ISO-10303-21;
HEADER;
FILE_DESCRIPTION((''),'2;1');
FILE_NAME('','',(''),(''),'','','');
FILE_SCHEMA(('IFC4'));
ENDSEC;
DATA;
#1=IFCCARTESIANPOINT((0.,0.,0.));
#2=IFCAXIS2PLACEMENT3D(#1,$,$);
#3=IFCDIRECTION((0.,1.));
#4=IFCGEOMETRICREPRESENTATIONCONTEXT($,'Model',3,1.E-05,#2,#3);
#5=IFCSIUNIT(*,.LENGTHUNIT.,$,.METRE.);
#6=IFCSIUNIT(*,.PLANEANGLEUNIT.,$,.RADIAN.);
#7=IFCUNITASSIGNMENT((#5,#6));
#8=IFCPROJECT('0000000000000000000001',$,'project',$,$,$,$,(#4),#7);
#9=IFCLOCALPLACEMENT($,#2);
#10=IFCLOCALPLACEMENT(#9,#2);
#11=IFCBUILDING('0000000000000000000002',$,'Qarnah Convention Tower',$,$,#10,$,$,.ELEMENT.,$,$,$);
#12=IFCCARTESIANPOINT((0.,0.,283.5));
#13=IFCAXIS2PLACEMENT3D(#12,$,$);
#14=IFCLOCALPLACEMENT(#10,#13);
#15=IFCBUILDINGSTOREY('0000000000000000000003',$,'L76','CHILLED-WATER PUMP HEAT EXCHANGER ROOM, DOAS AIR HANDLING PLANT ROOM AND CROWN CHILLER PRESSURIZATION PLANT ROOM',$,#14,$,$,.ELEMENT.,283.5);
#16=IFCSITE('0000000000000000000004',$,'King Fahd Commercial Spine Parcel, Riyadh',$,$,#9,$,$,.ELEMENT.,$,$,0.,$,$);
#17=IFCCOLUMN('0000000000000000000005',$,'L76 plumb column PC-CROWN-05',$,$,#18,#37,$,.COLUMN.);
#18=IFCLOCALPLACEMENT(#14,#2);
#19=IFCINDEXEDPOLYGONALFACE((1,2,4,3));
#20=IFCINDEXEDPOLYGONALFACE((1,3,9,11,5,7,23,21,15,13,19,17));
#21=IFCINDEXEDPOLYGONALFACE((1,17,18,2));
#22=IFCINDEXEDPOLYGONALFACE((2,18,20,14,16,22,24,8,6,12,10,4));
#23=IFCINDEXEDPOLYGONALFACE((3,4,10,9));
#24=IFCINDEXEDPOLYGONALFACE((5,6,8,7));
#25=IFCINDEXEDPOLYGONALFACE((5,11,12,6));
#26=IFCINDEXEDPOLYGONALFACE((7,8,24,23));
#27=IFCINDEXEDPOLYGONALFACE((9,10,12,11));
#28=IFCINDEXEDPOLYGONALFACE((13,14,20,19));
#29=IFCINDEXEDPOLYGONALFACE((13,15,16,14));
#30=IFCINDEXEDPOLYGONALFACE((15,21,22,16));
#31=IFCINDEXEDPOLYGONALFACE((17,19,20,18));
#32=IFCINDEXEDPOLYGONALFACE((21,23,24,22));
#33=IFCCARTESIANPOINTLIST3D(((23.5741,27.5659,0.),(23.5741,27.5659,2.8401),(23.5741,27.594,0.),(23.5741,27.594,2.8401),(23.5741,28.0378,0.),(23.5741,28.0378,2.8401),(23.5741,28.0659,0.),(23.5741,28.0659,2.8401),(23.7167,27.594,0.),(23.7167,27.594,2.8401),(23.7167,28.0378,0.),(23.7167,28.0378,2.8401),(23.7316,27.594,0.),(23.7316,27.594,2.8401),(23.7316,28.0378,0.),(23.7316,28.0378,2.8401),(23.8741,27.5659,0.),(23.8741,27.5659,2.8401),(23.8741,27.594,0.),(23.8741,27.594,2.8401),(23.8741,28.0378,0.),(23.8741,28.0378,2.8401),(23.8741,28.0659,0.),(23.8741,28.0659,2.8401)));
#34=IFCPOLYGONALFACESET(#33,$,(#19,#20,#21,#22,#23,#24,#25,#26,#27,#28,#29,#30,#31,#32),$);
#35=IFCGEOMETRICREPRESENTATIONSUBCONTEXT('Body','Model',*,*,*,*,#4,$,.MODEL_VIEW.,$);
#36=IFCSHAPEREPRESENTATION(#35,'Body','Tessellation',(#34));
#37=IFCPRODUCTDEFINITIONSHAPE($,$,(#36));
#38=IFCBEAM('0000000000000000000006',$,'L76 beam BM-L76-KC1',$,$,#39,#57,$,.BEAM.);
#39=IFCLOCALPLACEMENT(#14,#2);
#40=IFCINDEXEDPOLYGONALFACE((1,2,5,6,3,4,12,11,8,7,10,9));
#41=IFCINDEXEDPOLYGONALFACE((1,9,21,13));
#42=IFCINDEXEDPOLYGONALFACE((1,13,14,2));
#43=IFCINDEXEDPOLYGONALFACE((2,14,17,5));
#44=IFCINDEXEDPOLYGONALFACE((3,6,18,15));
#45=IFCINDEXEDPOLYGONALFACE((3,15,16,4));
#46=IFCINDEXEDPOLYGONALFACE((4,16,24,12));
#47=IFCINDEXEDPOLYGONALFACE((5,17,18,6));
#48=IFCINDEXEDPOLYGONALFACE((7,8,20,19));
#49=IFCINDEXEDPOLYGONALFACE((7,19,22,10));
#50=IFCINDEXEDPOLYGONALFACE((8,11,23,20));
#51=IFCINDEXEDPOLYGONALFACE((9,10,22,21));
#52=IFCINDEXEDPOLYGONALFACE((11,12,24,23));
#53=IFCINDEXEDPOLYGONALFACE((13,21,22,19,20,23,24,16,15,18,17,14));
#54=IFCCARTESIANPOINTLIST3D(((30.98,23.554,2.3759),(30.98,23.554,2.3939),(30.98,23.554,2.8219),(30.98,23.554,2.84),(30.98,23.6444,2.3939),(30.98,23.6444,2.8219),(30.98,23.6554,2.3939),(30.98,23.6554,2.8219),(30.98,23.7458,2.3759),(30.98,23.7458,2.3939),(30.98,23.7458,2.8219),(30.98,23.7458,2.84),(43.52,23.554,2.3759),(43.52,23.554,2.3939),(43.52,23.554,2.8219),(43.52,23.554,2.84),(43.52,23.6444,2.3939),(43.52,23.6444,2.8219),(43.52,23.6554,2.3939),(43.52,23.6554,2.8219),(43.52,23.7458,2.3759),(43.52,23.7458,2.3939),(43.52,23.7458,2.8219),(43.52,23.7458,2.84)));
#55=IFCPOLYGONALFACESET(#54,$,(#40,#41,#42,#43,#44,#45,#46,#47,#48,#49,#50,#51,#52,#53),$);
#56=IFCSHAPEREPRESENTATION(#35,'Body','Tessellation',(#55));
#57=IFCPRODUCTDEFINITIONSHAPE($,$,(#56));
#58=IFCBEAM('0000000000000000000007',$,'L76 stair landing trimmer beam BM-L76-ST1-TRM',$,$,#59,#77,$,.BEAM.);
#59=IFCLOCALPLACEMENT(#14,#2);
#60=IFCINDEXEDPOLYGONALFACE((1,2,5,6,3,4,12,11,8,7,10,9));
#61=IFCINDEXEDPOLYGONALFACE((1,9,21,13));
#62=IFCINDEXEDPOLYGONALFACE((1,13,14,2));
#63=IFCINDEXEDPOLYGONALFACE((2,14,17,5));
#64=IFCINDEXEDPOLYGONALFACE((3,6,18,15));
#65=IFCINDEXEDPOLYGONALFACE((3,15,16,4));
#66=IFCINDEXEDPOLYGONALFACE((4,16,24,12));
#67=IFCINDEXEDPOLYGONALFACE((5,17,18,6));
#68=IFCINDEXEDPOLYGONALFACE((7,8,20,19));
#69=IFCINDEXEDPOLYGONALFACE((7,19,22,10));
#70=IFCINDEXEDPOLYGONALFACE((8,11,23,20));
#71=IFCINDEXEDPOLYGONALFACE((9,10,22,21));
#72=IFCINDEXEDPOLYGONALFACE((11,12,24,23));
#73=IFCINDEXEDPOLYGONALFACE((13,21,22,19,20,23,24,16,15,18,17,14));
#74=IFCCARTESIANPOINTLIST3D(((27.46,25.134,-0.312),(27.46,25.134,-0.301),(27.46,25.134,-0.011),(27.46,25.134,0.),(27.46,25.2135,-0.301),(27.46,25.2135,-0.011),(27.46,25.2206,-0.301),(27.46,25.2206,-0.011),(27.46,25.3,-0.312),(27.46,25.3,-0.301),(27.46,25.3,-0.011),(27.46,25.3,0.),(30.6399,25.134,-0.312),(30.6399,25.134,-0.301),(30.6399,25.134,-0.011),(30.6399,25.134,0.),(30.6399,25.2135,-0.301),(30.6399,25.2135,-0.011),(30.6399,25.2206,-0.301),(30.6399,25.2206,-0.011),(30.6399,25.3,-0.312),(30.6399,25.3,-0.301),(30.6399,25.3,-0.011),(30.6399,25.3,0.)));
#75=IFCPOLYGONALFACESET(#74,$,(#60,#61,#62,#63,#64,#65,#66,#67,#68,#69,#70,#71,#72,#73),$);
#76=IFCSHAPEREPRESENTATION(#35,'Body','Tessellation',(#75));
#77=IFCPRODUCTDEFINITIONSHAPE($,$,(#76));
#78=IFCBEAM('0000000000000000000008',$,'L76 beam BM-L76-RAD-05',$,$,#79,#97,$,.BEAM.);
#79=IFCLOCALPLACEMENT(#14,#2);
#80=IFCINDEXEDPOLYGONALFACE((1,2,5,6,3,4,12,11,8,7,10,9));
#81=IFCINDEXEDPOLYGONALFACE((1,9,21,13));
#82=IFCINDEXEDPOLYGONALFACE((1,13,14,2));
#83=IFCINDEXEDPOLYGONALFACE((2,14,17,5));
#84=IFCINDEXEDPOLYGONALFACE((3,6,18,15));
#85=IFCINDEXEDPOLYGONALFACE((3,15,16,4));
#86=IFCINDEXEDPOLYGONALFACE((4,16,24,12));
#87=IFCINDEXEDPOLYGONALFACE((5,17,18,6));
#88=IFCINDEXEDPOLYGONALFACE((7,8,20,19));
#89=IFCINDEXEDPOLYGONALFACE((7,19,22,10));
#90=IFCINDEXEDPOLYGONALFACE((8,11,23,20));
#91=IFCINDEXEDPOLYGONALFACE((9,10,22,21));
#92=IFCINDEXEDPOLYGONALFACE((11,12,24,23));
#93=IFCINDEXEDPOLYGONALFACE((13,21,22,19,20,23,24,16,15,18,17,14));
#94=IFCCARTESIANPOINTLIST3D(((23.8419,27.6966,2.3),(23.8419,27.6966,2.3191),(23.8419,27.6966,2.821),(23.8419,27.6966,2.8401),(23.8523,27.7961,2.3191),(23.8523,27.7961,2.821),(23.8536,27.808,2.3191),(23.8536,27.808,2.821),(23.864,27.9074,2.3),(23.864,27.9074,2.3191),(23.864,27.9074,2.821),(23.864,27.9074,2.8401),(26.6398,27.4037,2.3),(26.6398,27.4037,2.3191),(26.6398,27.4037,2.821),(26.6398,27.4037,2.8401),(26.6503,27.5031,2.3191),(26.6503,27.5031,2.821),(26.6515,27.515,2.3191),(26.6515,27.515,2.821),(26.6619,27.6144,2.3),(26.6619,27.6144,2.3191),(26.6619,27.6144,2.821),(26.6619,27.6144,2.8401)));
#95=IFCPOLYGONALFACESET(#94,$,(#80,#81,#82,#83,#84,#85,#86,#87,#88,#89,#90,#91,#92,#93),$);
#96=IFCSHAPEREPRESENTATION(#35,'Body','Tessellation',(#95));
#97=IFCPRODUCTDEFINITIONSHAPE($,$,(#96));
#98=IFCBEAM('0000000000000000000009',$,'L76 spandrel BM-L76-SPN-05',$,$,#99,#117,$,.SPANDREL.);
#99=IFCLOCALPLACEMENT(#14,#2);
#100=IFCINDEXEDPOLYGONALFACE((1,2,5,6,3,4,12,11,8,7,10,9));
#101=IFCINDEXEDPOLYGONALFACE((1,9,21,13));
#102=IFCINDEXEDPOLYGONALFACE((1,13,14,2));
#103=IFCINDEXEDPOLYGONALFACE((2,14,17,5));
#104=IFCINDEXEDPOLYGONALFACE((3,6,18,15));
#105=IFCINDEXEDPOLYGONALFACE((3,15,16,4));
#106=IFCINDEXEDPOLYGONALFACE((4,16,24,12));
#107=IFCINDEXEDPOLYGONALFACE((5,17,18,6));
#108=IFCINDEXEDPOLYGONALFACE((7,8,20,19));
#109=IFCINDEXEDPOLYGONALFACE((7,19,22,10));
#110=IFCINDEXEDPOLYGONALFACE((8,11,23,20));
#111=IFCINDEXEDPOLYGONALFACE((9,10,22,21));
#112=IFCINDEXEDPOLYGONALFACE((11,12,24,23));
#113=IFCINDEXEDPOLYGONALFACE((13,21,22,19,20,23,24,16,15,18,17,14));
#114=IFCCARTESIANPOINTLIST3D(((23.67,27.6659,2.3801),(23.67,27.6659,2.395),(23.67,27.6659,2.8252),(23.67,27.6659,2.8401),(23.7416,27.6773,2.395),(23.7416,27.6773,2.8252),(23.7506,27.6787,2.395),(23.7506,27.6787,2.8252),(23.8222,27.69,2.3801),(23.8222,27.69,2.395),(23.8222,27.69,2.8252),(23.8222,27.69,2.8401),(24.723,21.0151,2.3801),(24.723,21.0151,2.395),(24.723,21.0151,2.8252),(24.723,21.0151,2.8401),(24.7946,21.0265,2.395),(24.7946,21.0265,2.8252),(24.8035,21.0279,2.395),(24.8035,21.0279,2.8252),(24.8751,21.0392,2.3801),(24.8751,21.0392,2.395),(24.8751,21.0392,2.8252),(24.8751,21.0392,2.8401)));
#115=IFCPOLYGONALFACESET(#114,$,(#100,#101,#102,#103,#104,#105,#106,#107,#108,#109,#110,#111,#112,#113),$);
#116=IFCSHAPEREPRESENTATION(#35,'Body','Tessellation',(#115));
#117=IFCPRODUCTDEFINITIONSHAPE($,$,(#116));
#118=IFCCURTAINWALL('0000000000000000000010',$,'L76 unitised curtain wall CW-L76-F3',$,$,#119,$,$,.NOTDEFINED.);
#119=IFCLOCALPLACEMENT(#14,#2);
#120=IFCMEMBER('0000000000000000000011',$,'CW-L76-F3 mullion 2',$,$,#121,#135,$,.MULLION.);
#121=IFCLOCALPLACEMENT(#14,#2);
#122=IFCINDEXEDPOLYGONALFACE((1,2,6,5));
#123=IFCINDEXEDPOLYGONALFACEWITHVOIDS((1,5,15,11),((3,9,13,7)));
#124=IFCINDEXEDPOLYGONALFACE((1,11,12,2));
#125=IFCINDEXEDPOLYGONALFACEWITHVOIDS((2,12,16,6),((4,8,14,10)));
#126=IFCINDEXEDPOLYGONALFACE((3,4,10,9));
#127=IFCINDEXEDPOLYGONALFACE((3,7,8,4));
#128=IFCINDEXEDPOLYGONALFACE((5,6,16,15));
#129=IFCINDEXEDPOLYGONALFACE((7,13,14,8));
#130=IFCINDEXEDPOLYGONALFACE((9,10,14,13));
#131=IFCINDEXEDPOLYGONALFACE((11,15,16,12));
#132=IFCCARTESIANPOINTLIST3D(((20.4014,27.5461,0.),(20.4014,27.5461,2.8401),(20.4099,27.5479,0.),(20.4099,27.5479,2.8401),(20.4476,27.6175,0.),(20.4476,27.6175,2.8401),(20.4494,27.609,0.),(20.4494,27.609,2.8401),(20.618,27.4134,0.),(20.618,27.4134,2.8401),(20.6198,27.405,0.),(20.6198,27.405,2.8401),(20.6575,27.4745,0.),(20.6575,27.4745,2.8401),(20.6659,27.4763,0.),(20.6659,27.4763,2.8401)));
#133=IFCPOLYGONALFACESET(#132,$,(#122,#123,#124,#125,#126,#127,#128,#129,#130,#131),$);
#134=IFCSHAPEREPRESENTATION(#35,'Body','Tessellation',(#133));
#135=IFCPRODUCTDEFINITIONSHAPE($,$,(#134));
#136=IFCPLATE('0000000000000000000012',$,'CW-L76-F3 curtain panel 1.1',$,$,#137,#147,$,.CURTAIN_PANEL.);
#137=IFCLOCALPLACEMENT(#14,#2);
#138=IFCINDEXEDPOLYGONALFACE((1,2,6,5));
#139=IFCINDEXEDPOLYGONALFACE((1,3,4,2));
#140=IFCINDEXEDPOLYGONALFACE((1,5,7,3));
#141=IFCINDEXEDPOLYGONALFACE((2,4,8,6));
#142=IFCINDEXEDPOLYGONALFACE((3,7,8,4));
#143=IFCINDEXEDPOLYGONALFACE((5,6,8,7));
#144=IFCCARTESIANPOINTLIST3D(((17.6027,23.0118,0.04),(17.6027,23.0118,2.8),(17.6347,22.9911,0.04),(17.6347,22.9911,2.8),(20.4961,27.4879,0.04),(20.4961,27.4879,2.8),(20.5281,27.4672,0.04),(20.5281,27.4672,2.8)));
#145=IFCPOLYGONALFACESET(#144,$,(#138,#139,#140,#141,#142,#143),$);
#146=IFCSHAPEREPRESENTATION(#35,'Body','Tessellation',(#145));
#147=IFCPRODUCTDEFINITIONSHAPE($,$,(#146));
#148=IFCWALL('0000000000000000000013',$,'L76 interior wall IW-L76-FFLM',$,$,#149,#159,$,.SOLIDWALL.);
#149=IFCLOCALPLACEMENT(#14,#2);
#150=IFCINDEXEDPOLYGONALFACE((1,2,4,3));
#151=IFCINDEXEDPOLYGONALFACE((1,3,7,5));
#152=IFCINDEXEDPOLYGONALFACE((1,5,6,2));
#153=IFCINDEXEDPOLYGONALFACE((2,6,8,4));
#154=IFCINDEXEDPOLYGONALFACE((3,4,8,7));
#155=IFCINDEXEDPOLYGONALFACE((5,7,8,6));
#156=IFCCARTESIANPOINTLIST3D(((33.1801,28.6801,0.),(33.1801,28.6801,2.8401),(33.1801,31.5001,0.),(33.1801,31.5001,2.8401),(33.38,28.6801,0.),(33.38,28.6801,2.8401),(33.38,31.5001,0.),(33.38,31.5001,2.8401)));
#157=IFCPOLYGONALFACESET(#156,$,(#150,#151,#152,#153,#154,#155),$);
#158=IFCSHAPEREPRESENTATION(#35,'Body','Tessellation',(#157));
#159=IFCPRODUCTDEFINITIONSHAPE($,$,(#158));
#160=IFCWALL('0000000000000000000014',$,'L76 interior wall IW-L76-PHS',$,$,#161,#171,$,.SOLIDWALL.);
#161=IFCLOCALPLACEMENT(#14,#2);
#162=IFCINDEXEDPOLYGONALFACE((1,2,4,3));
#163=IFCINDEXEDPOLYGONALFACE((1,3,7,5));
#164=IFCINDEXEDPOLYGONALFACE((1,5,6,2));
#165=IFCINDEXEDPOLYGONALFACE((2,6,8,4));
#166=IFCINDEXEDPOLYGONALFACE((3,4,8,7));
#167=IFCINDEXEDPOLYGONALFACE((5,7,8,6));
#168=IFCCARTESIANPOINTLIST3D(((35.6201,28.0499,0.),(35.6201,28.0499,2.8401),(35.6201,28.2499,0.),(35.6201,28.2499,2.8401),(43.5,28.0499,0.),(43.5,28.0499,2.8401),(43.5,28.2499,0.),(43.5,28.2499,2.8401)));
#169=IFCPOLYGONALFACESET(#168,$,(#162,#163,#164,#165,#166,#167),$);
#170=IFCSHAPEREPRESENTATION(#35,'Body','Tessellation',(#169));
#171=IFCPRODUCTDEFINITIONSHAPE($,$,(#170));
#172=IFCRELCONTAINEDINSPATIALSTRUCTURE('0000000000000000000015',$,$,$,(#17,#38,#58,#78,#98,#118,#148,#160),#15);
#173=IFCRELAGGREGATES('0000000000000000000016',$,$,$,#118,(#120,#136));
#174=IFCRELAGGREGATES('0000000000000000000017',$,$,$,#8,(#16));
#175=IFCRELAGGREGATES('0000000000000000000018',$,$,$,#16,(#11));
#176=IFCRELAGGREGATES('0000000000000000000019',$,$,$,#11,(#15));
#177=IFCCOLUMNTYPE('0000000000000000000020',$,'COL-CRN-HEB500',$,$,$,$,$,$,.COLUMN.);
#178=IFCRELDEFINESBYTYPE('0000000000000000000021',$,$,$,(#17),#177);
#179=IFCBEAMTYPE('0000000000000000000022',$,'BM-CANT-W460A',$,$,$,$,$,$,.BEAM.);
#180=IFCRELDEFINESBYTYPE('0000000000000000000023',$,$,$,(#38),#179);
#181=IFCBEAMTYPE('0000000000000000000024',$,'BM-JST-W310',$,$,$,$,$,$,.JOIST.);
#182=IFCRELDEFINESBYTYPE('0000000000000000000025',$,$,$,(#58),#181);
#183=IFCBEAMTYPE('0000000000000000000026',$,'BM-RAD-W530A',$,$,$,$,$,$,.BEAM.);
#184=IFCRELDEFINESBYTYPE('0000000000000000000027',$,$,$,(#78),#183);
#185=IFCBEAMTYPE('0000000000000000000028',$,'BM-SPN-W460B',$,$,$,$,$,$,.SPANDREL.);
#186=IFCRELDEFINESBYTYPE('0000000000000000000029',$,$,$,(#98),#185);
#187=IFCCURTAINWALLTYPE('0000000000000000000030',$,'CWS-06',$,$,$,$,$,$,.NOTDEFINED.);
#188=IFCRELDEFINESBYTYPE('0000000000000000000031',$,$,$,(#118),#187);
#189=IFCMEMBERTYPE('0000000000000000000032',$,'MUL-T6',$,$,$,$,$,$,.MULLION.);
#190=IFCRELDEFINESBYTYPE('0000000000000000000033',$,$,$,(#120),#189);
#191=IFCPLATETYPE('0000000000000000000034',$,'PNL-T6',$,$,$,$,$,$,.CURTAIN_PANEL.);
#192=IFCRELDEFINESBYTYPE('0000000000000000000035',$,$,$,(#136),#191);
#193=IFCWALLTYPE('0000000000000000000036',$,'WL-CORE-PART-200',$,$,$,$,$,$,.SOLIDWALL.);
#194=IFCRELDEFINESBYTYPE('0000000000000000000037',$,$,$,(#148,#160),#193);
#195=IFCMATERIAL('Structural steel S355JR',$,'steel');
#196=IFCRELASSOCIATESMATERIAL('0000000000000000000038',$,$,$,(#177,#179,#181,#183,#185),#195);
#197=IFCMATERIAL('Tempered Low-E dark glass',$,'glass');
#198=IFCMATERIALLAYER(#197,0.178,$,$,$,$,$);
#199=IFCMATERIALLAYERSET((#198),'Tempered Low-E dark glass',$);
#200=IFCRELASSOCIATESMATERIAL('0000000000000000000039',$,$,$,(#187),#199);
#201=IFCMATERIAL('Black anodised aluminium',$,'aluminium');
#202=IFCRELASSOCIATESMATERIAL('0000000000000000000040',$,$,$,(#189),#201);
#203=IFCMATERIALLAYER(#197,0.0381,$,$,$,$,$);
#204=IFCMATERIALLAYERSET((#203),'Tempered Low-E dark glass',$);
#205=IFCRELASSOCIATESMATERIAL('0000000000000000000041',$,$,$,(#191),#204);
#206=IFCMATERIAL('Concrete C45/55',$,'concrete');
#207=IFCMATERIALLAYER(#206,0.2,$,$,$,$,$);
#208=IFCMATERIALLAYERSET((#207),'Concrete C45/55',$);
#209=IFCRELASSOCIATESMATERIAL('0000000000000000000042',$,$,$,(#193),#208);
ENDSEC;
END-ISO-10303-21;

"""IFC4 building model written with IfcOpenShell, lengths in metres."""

from ifc_helpers import new_model, si_unit, direction, frame, frame_2d, origin, origin_2d, place, context, subcontext, project, spatial, rectangle, hollow_rectangle, i_section, extrude, material, layer, layer_set, material_profile, profile_set, type_object, element, aggregate, save


model = new_model("IFC4")

# Units and contexts
model_context = context("Model", 3, precision=1e-05, world=origin(), true_north=direction((0.0, 1.0)))
body_context = subcontext(model_context, "Body", "Model", "MODEL_VIEW")
ifc_project = project(units=[si_unit("LENGTHUNIT", "METRE"), si_unit("PLANEANGLEUNIT", "RADIAN")], contexts=[model_context])

# Site, building, storey
site_placement = place(None, origin())
site = spatial("IfcSite", under=ifc_project, at=site_placement, Name="King Fahd Commercial Spine Parcel, Riyadh", CompositionType="ELEMENT", RefElevation=0.0)
building_placement = place(site_placement, origin())
building = spatial("IfcBuilding", under=site, at=building_placement, Name="Qarnah Convention Tower", CompositionType="ELEMENT")
storey_placement = place(building_placement, frame((0.0, 0.0, 283.5)))
storey = spatial("IfcBuildingStorey", under=building, at=storey_placement, Name="L76", Description="CHILLED-WATER PUMP HEAT EXCHANGER ROOM, DOAS AIR HANDLING PLANT ROOM AND CROWN CHILLER PRESSURIZATION PLANT ROOM", CompositionType="ELEMENT", Elevation=283.5)

# Column
ifc_material_1 = material(Name="Structural steel S355JR", Category="steel")
ifc_material_profile_1 = material_profile(ifc_material_1, i_section(OverallWidth=0.3, OverallDepth=0.5, WebThickness=0.0149, FlangeThickness=0.0281, at=origin_2d()), Name="HEB500")
ifc_profile_set_1 = profile_set([ifc_material_profile_1], Name="Structural steel S355JR")
column_type = type_object("IfcColumnType", Name="COL-CRN-HEB500", PredefinedType="COLUMN", material=ifc_profile_set_1)
column_placement = place(storey_placement, frame((23.7241, 27.8159, 0.0), z_axis=(0.0, 0.0, 1.0), x_axis=(1.0, 0.0, 0.0)))
element("IfcColumn", 1, at=column_placement, inside=storey, type_object=column_type, Name="L76 plumb column PC-CROWN-05", PredefinedType="COLUMN", context=body_context, shape_type="SweptSolid", body=[
    extrude(i_section(OverallWidth=0.3, OverallDepth=0.5, WebThickness=0.0149, FlangeThickness=0.0281, at=origin_2d()), origin(), (0.0, 0.0, 1.0), 2.8401),
])

# Beams
ifc_material_profile_2 = material_profile(ifc_material_1, i_section(OverallWidth=0.1919, OverallDepth=0.4641, WebThickness=0.011, FlangeThickness=0.0181, at=origin_2d()), Name="W460X89")
ifc_profile_set_2 = profile_set([ifc_material_profile_2], Name="Structural steel S355JR")
beam_type_1 = type_object("IfcBeamType", Name="BM-CANT-W460A", PredefinedType="BEAM", material=ifc_profile_set_2)
beam_1_placement = place(storey_placement, frame((30.98, 23.6499, 2.6079), z_axis=(1.0, 0.0, 0.0), x_axis=(0.0, 1.0, 0.0)))
element("IfcBeam", 2, at=beam_1_placement, inside=storey, type_object=beam_type_1, Name="L76 beam BM-L76-KC1", PredefinedType="BEAM", context=body_context, shape_type="SweptSolid", body=[
    extrude(i_section(OverallWidth=0.1919, OverallDepth=0.4641, WebThickness=0.011, FlangeThickness=0.0181, at=origin_2d()), origin(), (0.0, 0.0, 1.0), 12.54),
])
ifc_material_profile_3 = material_profile(ifc_material_1, i_section(OverallWidth=0.166, OverallDepth=0.312, WebThickness=0.0071, FlangeThickness=0.011, at=origin_2d()), Name="W310X45")
ifc_profile_set_3 = profile_set([ifc_material_profile_3], Name="Structural steel S355JR")
beam_type_2 = type_object("IfcBeamType", Name="BM-JST-W310", PredefinedType="JOIST", material=ifc_profile_set_3)
beam_2_placement = place(storey_placement, frame((27.46, 25.217, -0.156), z_axis=(1.0, 0.0, 0.0), x_axis=(0.0, 1.0, 0.0)))
element("IfcBeam", 3, at=beam_2_placement, inside=storey, type_object=beam_type_2, Name="L76 stair landing trimmer beam BM-L76-ST1-TRM", PredefinedType="BEAM", context=body_context, shape_type="SweptSolid", body=[
    extrude(i_section(OverallWidth=0.166, OverallDepth=0.312, WebThickness=0.0071, FlangeThickness=0.011, at=origin_2d()), origin(), (0.0, 0.0, 1.0), 3.1799),
])
ifc_material_profile_4 = material_profile(ifc_material_1, i_section(OverallWidth=0.2119, OverallDepth=0.54, WebThickness=0.012, FlangeThickness=0.019, at=origin_2d()), Name="W530X109")
ifc_profile_set_4 = profile_set([ifc_material_profile_4], Name="Structural steel S355JR")
beam_type_3 = type_object("IfcBeamType", Name="BM-RAD-W530A", PredefinedType="BEAM", material=ifc_profile_set_4)
beam_3_placement = place(storey_placement, frame((26.6509, 27.509, 2.5701), z_axis=(-0.994562, 0.104143, 0.0), x_axis=(-0.104143, -0.994562, 0.0)))
element("IfcBeam", 4, at=beam_3_placement, inside=storey, type_object=beam_type_3, Name="L76 beam BM-L76-RAD-05", PredefinedType="BEAM", context=body_context, shape_type="SweptSolid", body=[
    extrude(i_section(OverallWidth=0.2119, OverallDepth=0.54, WebThickness=0.012, FlangeThickness=0.019, at=origin_2d()), origin(), (0.0, 0.0, 1.0), 2.8132),
])
ifc_material_profile_5 = material_profile(ifc_material_1, i_section(OverallWidth=0.1541, OverallDepth=0.46, WebThickness=0.009, FlangeThickness=0.0149, at=origin_2d()), Name="W460X68")
ifc_profile_set_5 = profile_set([ifc_material_profile_5], Name="Structural steel S355JR")
beam_type_4 = type_object("IfcBeamType", Name="BM-SPN-W460B", PredefinedType="SPANDREL", material=ifc_profile_set_5)
beam_4_placement = place(storey_placement, frame((23.7461, 27.678, 2.6101), z_axis=(0.156374, -0.987698, 0.0), x_axis=(0.987698, 0.156374, 0.0)))
element("IfcBeam", 5, at=beam_4_placement, inside=storey, type_object=beam_type_4, Name="L76 spandrel BM-L76-SPN-05", PredefinedType="SPANDREL", context=body_context, shape_type="SweptSolid", body=[
    extrude(i_section(OverallWidth=0.1541, OverallDepth=0.46, WebThickness=0.009, FlangeThickness=0.0149, at=origin_2d()), origin(), (0.0, 0.0, 1.0), 6.7336),
])

# Curtain wall, member, plate
ifc_material_2 = material(Name="Tempered Low-E dark glass", Category="glass")
ifc_layer_1 = layer(ifc_material_2, 0.178)
ifc_layer_set_1 = layer_set([ifc_layer_1], Name="Tempered Low-E dark glass")
curtain_wall_type = type_object("IfcCurtainWallType", Name="CWS-06", PredefinedType="NOTDEFINED", material=ifc_layer_set_1)
curtain_wall_placement = place(storey_placement, origin())
curtain_wall = element("IfcCurtainWall", 6, at=curtain_wall_placement, inside=storey, type_object=curtain_wall_type, Name="L76 unitised curtain wall CW-L76-F3", PredefinedType="NOTDEFINED")
ifc_material_3 = material(Name="Black anodised aluminium", Category="aluminium")
ifc_material_profile_6 = material_profile(ifc_material_3, hollow_rectangle(XDim=0.085, YDim=0.26, WallThickness=0.0061, at=origin_2d()), Name="MUL-85X260")
ifc_profile_set_6 = profile_set([ifc_material_profile_6], Name="Black anodised aluminium")
member_type = type_object("IfcMemberType", Name="MUL-T6", PredefinedType="MULLION", material=ifc_profile_set_6)
member_placement = place(storey_placement, frame((20.5337, 27.5112, 0.0), z_axis=(0.0, 0.0, 1.0), x_axis=(0.542871, 0.839816, 0.0)))
member = element("IfcMember", 7, at=member_placement, type_object=member_type, Name="CW-L76-F3 mullion 2", PredefinedType="MULLION", context=body_context, shape_type="SweptSolid", body=[
    extrude(hollow_rectangle(XDim=0.085, YDim=0.26, WallThickness=0.0061, at=origin_2d()), origin(), (0.0, 0.0, 1.0), 2.8401),
])
ifc_layer_2 = layer(ifc_material_2, 0.0381)
ifc_layer_set_2 = layer_set([ifc_layer_2], Name="Tempered Low-E dark glass")
plate_type = type_object("IfcPlateType", Name="PNL-T6", PredefinedType="CURTAIN_PANEL", material=ifc_layer_set_2)
plate_placement = place(storey_placement, frame((19.0654, 25.2395, 0.04), z_axis=(0.0, 0.0, 1.0), x_axis=(0.542871, 0.839816, 0.0)))
plate = element("IfcPlate", 8, at=plate_placement, type_object=plate_type, Name="CW-L76-F3 curtain panel 1.1", PredefinedType="CURTAIN_PANEL", context=body_context, shape_type="SweptSolid", body=[
    extrude(rectangle(XDim=5.3298, YDim=0.0381, at=origin_2d()), origin(), (0.0, 0.0, 1.0), 2.76),
])
aggregate(curtain_wall, [member, plate])

# Shared definitions
ifc_material_4 = material(Name="Concrete C45/55", Category="concrete")
ifc_layer_3 = layer(ifc_material_4, 0.2)
ifc_layer_set_3 = layer_set([ifc_layer_3], Name="Concrete C45/55")
wall_type_1 = type_object("IfcWallType", Name="WL-CORE-PART-200", PredefinedType="SOLIDWALL", material=ifc_layer_set_3)

# Wall
wall_1_placement = place(storey_placement, frame((33.28, 28.6799, 0.0), z_axis=(0.0, 0.0, 1.0), x_axis=(0.0, 1.0, 0.0)))
element("IfcWall", 9, at=wall_1_placement, inside=storey, type_object=wall_type_1, Name="L76 interior wall IW-L76-FFLM", PredefinedType="SOLIDWALL", context=body_context, shape_type="SweptSolid", body=[
    extrude(rectangle(XDim=2.8201, YDim=0.2, at=frame_2d((1.4102, 0.0))), origin(), (0.0, 0.0, 1.0), 2.8401),
])

# Wall
wall_2_placement = place(storey_placement, frame((35.6201, 28.1499, 0.0), z_axis=(0.0, 0.0, 1.0), x_axis=(1.0, 0.0, 0.0)))
element("IfcWall", 10, at=wall_2_placement, inside=storey, type_object=wall_type_1, Name="L76 interior wall IW-L76-PHS", PredefinedType="SOLIDWALL", context=body_context, shape_type="SweptSolid", body=[
    extrude(rectangle(XDim=7.8799, YDim=0.2, at=frame_2d((3.9399, 0.0))), origin(), (0.0, 0.0, 1.0), 2.8401),
])

save(model, "model.ifc")
